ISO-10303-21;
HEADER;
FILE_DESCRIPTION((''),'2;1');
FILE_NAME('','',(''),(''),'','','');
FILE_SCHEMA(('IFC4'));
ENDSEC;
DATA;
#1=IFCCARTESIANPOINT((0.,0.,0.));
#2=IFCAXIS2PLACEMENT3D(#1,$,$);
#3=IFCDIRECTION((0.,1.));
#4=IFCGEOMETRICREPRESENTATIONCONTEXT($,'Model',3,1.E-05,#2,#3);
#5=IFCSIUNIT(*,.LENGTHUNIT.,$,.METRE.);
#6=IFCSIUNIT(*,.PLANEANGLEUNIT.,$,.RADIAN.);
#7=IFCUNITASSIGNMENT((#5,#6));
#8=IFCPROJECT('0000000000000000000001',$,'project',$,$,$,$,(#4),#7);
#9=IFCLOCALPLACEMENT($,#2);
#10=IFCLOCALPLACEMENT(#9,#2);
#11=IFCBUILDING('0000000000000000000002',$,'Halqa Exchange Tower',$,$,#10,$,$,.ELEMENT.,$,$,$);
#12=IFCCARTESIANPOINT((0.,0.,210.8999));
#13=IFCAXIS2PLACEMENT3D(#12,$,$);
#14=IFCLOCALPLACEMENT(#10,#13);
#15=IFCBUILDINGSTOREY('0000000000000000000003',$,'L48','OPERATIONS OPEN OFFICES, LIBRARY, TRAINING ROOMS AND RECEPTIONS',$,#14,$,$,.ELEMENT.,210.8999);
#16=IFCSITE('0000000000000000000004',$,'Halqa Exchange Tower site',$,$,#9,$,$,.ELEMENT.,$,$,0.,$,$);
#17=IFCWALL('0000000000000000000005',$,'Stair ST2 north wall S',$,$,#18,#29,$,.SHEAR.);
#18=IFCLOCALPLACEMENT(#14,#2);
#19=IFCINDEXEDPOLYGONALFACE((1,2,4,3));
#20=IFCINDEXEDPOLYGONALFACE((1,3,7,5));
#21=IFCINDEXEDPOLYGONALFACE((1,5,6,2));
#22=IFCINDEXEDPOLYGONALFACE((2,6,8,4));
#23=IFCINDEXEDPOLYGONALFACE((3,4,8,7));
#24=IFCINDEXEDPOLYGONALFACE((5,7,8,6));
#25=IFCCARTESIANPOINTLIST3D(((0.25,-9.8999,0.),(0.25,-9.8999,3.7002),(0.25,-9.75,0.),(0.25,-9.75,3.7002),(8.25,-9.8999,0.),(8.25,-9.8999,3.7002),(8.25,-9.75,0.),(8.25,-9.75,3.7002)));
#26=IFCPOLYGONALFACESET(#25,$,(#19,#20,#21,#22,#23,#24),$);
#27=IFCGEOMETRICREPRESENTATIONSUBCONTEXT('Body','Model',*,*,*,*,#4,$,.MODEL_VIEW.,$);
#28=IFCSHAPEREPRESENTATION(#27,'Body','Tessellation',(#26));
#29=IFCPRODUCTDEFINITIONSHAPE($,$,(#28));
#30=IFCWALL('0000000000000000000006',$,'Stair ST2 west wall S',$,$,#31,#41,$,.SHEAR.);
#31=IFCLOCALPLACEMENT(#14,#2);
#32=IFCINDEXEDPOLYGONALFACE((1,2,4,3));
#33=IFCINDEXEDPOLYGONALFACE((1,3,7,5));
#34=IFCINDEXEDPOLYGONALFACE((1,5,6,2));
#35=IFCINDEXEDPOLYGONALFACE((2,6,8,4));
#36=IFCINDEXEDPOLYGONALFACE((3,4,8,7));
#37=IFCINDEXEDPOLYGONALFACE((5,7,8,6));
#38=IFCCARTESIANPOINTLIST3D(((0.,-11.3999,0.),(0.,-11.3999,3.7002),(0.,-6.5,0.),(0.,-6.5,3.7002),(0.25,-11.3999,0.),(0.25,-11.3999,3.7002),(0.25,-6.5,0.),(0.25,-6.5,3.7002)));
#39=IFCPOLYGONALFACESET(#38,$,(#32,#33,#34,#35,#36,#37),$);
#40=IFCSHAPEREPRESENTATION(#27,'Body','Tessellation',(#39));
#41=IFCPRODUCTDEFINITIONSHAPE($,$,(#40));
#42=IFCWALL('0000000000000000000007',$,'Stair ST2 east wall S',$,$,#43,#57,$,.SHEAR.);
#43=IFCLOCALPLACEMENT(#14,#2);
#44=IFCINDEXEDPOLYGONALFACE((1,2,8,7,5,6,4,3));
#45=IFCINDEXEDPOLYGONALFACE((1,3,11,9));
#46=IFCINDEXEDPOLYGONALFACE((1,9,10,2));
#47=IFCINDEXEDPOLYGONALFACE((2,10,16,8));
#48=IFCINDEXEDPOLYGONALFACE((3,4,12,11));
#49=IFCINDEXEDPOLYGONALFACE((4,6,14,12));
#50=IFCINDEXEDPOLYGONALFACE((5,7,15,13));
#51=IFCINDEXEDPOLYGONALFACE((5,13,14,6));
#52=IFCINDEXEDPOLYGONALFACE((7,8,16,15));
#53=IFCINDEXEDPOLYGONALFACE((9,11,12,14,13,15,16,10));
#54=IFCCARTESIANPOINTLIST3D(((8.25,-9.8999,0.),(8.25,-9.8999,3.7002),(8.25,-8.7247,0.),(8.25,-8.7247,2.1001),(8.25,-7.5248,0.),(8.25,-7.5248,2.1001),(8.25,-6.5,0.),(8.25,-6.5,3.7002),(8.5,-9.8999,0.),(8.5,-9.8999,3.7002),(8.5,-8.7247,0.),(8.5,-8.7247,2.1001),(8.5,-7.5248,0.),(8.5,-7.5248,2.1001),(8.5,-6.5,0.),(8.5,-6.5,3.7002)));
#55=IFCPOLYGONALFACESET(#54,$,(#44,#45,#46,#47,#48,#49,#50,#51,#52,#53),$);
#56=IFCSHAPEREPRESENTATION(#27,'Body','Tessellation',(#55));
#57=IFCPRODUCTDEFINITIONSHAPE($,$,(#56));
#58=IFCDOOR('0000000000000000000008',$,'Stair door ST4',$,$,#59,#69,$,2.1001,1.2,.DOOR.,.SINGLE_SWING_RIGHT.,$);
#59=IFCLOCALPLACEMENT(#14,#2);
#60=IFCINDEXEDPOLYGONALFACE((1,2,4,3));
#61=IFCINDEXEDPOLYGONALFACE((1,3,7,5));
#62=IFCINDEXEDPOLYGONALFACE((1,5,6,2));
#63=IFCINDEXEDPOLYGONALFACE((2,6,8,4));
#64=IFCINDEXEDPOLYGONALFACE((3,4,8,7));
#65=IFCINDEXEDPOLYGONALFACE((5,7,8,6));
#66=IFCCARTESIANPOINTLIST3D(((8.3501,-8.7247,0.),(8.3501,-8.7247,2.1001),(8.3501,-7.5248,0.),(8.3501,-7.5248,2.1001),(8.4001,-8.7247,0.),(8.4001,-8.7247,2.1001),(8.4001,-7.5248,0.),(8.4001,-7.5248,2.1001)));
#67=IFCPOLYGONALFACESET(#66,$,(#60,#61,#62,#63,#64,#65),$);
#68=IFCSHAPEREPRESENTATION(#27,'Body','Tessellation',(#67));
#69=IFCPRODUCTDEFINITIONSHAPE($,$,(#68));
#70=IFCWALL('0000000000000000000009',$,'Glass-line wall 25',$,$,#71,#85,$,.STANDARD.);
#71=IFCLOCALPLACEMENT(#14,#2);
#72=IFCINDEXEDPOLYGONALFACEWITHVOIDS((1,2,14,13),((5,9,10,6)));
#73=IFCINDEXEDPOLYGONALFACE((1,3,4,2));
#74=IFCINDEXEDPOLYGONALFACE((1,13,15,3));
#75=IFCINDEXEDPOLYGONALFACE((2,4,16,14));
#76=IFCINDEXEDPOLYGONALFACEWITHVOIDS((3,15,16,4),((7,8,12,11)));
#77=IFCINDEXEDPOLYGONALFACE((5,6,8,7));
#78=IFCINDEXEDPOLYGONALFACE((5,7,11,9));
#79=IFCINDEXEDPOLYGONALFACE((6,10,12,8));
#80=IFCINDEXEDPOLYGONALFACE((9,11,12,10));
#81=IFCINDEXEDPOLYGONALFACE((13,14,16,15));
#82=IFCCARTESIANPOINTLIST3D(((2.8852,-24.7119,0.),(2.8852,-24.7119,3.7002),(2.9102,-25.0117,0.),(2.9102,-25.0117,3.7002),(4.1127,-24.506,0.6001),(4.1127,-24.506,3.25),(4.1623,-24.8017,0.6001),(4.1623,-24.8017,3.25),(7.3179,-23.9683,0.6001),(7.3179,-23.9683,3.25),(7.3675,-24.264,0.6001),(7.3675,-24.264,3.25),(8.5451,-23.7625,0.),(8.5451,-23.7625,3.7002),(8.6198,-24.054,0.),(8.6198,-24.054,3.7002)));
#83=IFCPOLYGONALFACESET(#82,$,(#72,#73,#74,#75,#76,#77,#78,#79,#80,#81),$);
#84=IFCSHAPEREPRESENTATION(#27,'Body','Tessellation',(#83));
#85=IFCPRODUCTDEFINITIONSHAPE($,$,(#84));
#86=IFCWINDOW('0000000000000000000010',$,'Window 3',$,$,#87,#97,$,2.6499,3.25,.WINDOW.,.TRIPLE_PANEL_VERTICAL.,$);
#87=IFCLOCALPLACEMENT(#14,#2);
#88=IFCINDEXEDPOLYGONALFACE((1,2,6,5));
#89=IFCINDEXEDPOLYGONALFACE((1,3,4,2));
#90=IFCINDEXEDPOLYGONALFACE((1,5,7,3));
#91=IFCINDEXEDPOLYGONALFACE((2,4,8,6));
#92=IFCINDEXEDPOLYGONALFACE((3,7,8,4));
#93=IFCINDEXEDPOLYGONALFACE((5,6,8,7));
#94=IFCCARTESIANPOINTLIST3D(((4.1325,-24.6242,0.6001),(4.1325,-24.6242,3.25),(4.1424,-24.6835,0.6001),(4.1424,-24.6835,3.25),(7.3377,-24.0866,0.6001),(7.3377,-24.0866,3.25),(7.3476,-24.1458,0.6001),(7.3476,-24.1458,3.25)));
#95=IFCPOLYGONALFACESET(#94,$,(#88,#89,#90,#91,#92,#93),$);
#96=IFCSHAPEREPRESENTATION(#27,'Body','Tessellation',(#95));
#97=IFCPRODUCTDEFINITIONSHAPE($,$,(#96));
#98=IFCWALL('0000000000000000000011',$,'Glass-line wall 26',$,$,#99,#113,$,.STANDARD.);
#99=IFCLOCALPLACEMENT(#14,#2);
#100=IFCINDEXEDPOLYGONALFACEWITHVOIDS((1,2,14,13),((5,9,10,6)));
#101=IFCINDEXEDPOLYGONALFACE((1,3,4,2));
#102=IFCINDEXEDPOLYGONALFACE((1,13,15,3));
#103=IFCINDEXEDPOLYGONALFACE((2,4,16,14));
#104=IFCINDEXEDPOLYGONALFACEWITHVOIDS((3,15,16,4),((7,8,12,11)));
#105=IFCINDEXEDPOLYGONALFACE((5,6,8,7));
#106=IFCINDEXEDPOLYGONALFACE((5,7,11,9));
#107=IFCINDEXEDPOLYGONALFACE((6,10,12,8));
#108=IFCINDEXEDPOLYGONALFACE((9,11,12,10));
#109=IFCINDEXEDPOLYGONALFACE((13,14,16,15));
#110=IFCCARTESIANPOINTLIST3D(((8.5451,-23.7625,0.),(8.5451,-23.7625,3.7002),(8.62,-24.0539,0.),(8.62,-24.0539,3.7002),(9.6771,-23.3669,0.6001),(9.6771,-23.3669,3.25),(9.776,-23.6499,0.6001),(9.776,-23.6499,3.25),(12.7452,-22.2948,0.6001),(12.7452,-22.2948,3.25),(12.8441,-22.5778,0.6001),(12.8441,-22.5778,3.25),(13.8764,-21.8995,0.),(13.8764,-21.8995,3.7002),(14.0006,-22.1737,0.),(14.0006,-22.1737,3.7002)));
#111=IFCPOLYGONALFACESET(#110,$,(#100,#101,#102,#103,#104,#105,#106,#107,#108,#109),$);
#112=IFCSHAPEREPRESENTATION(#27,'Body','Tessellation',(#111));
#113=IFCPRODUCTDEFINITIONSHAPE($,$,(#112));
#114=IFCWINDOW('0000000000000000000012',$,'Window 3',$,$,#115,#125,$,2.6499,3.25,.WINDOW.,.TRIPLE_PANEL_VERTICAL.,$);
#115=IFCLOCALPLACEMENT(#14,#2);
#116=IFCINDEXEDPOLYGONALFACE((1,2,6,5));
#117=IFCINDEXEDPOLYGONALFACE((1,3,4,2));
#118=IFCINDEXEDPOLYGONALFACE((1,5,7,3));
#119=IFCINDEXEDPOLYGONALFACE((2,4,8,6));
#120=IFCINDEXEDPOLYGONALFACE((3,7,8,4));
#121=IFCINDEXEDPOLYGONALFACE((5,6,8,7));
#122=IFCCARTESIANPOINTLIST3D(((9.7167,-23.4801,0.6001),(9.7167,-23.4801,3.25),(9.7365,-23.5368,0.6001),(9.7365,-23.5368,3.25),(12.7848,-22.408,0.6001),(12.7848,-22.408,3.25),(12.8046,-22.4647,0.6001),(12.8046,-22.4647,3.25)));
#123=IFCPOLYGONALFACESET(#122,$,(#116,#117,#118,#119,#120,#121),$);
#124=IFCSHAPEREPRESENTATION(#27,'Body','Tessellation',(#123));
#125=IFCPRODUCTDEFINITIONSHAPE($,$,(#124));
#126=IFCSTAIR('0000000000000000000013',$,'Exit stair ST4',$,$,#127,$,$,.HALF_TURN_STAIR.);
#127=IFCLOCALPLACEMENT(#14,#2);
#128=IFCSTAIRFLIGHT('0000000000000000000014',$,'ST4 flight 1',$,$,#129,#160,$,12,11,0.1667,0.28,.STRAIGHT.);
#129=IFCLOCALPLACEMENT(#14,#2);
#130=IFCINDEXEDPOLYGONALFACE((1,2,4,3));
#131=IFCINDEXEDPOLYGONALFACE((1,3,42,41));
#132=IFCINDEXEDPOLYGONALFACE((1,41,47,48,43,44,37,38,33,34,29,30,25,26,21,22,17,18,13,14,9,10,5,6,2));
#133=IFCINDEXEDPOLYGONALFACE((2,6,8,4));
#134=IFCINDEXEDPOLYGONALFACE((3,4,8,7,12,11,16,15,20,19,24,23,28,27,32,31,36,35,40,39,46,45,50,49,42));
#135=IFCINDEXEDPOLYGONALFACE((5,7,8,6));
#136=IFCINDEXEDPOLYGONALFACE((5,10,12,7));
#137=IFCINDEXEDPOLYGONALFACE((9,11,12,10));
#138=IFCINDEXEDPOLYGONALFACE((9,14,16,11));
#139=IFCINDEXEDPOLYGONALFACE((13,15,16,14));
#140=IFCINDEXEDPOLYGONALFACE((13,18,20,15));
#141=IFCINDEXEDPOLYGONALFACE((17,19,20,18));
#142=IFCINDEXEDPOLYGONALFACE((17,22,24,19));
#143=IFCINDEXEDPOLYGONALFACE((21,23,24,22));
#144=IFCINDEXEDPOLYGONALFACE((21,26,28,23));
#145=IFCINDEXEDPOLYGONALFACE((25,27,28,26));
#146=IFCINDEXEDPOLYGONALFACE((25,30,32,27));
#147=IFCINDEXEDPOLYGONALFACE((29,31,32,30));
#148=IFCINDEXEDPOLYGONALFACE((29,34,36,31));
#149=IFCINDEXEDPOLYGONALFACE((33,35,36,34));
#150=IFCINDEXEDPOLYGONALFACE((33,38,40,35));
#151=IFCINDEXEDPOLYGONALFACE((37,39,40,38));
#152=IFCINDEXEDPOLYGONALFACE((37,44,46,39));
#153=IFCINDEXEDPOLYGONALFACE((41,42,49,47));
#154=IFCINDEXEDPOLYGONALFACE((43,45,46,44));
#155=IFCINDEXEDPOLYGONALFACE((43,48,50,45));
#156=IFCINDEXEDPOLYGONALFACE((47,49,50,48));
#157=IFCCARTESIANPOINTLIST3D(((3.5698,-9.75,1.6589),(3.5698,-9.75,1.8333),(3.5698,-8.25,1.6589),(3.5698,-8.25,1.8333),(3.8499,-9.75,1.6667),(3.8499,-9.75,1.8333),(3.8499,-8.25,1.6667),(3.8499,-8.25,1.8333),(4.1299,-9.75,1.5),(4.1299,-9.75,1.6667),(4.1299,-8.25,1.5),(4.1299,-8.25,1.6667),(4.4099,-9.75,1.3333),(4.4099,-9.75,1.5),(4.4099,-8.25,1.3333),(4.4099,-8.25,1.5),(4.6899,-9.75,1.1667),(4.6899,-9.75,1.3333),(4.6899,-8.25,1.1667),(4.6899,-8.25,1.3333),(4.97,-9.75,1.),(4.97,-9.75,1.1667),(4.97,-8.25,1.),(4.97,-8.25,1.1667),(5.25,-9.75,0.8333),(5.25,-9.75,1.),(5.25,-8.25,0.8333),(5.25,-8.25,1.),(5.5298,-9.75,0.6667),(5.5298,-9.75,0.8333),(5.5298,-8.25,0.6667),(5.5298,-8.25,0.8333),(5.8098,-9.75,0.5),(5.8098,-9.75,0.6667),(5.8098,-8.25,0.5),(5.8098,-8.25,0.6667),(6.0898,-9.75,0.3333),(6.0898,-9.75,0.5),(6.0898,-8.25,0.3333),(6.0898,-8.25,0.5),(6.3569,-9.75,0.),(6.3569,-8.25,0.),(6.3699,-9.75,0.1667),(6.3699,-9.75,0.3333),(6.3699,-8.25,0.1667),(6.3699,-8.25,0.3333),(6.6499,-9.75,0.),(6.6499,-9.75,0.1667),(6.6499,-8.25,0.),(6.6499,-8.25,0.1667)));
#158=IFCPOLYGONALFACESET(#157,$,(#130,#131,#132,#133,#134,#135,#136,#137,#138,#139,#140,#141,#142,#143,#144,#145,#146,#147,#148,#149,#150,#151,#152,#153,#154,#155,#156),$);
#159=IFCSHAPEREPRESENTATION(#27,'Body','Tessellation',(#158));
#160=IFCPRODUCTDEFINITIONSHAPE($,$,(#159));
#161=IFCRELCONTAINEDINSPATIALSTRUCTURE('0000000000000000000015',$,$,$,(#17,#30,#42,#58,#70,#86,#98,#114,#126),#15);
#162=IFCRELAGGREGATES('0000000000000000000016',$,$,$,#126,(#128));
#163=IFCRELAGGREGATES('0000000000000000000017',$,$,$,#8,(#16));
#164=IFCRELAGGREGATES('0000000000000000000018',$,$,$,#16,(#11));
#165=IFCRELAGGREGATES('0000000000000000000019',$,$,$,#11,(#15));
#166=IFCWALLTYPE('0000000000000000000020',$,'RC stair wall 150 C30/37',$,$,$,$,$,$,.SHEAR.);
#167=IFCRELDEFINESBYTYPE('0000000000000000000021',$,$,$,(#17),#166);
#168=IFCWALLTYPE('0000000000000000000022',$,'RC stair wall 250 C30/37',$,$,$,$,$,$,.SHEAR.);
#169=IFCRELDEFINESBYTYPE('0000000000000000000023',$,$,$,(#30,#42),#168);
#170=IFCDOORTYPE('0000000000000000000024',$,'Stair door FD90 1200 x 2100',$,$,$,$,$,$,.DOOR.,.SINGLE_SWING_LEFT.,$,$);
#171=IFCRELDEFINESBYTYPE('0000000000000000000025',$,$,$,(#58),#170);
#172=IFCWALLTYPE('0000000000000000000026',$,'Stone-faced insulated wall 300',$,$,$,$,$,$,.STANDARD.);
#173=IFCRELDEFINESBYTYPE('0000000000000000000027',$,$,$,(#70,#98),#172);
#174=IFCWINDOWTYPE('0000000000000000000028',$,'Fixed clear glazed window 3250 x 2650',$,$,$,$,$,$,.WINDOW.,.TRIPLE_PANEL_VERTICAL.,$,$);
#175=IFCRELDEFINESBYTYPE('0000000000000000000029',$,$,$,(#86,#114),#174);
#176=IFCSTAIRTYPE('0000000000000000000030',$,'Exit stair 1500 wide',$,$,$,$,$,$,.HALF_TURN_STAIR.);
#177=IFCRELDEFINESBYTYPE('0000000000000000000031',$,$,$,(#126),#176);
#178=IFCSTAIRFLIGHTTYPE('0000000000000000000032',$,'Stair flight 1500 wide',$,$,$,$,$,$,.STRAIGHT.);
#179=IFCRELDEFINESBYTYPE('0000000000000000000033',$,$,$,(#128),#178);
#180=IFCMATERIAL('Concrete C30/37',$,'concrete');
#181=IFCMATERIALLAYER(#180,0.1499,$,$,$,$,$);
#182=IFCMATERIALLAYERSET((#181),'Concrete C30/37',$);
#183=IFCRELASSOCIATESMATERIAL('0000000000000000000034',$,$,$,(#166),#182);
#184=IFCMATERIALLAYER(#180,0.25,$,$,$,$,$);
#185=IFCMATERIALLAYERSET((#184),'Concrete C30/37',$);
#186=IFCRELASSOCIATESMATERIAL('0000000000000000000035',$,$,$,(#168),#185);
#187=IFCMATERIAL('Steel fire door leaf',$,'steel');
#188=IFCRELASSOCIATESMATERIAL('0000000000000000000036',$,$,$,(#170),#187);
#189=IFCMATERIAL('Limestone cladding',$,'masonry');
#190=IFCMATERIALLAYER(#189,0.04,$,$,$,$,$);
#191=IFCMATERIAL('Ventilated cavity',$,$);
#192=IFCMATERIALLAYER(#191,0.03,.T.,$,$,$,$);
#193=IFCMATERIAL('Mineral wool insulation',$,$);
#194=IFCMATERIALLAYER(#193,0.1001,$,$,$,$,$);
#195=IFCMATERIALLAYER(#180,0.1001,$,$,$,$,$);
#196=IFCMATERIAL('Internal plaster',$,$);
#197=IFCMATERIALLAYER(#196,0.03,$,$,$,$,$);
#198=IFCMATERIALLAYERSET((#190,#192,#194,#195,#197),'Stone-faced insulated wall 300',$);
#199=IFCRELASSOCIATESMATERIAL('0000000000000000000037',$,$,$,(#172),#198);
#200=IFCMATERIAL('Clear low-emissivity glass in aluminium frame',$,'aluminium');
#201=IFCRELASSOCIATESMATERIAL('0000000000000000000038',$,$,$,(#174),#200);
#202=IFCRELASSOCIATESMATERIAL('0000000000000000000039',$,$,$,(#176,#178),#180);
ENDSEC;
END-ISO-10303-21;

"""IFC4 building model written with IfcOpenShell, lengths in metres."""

from ifc_helpers import new_model, si_unit, direction, frame, frame_2d, origin, place, context, subcontext, project, spatial, polyline, rectangle, outline, extrude, material, layer, layer_set, type_object, element, fill, aggregate, save


model = new_model("IFC4")

# Units and contexts
model_context = context("Model", 3, precision=1e-05, world=origin(), true_north=direction((0.0, 1.0)))
body_context = subcontext(model_context, "Body", "Model", "MODEL_VIEW")
ifc_project = project(units=[si_unit("LENGTHUNIT", "METRE"), si_unit("PLANEANGLEUNIT", "RADIAN")], contexts=[model_context])

# Site, building, storey
site_placement = place(None, origin())
site = spatial("IfcSite", under=ifc_project, at=site_placement, Name="Halqa Exchange Tower site", CompositionType="ELEMENT", RefElevation=0.0)
building_placement = place(site_placement, origin())
building = spatial("IfcBuilding", under=site, at=building_placement, Name="Halqa Exchange Tower", CompositionType="ELEMENT")
storey_placement = place(building_placement, frame((0.0, 0.0, 210.8999)))
storey = spatial("IfcBuildingStorey", under=building, at=storey_placement, Name="L48", Description="OPERATIONS OPEN OFFICES, LIBRARY, TRAINING ROOMS AND RECEPTIONS", CompositionType="ELEMENT", Elevation=210.8999)

# Walls
ifc_material_1 = material(Name="Concrete C30/37", Category="concrete")
ifc_layer_1 = layer(ifc_material_1, 0.1499)
ifc_layer_set_1 = layer_set([ifc_layer_1], Name="Concrete C30/37")
wall_type_1 = type_object("IfcWallType", Name="RC stair wall 150 C30/37", PredefinedType="SHEAR", material=ifc_layer_set_1)
wall_1_placement = place(storey_placement, frame((0.25, -9.825, 0.0), z_axis=(0.0, 0.0, 1.0), x_axis=(1.0, 0.0, 0.0)))
element("IfcWall", 1, at=wall_1_placement, inside=storey, type_object=wall_type_1, Name="Stair ST2 north wall S", PredefinedType="SHEAR", context=body_context, shape_type="SweptSolid", body=[
    extrude(rectangle(XDim=8.0, YDim=0.1499, at=frame_2d((4.0, 0.0))), origin(), (0.0, 0.0, 1.0), 3.7002),
])
ifc_layer_2 = layer(ifc_material_1, 0.25)
ifc_layer_set_2 = layer_set([ifc_layer_2], Name="Concrete C30/37")
wall_type_2 = type_object("IfcWallType", Name="RC stair wall 250 C30/37", PredefinedType="SHEAR", material=ifc_layer_set_2)
wall_2_placement = place(storey_placement, frame((0.125, -11.3999, 0.0), z_axis=(0.0, 0.0, 1.0), x_axis=(0.0, 1.0, 0.0)))
element("IfcWall", 2, at=wall_2_placement, inside=storey, type_object=wall_type_2, Name="Stair ST2 west wall S", PredefinedType="SHEAR", context=body_context, shape_type="SweptSolid", body=[
    extrude(rectangle(XDim=4.8999, YDim=0.25, at=frame_2d((2.45, 0.0))), origin(), (0.0, 0.0, 1.0), 3.7002),
])

# Wall, opening, door
wall_3_placement = place(storey_placement, frame((8.375, -9.8999, 0.0), z_axis=(0.0, 0.0, 1.0), x_axis=(0.0, 1.0, 0.0)))
wall_3 = element("IfcWall", 3, at=wall_3_placement, inside=storey, type_object=wall_type_2, Name="Stair ST2 east wall S", PredefinedType="SHEAR", context=body_context, shape_type="SweptSolid", body=[
    extrude(rectangle(XDim=3.3999, YDim=0.25, at=frame_2d((1.7, 0.0))), origin(), (0.0, 0.0, 1.0), 3.7002),
])
opening_1_placement = place(wall_3_placement, frame((1.175, 0.0, 0.0)))
opening_1 = element("IfcOpeningElement", 4, at=opening_1_placement, cuts=wall_3, PredefinedType="OPENING", context=body_context, shape_type="SweptSolid", body=[
    extrude(rectangle(XDim=1.2, YDim=2.1001, at=frame_2d((0.6001, 1.05))), frame((0.0, 0.137, 0.0), z_axis=(0.0, -1.0, 0.0), x_axis=(1.0, 0.0, 0.0)), (0.0, 0.0, 1.0), 0.2739),
])
ifc_material_2 = material(Name="Steel fire door leaf", Category="steel")
door_type = type_object("IfcDoorType", Name="Stair door FD90 1200 x 2100", OperationType="SINGLE_SWING_LEFT", PredefinedType="DOOR", material=ifc_material_2)
door_placement = place(opening_1_placement, origin())
door = element("IfcDoor", 5, at=door_placement, inside=storey, type_object=door_type, Name="Stair door ST4", OperationType="SINGLE_SWING_RIGHT", OverallHeight=2.1001, OverallWidth=1.2, PredefinedType="DOOR", context=body_context, shape_type="SweptSolid", body=[
    extrude(rectangle(XDim=1.2, YDim=2.1001, at=frame_2d((0.6001, 1.05))), frame((0.0, 0.0249, 0.0), z_axis=(0.0, -1.0, 0.0), x_axis=(1.0, 0.0, 0.0)), (0.0, 0.0, 1.0), 0.05),
])
fill(opening_1, door)

# Walls, openings, windows
ifc_material_3 = material(Name="Limestone cladding", Category="masonry")
ifc_layer_3 = layer(ifc_material_3, 0.04)
ifc_material_4 = material(Name="Ventilated cavity")
ifc_layer_4 = layer(ifc_material_4, 0.03, ventilated=True)
ifc_material_5 = material(Name="Mineral wool insulation")
ifc_layer_5 = layer(ifc_material_5, 0.1001)
ifc_layer_6 = layer(ifc_material_1, 0.1001)
ifc_material_6 = material(Name="Internal plaster")
ifc_layer_7 = layer(ifc_material_6, 0.03)
ifc_layer_set_3 = layer_set([ifc_layer_3, ifc_layer_4, ifc_layer_5, ifc_layer_6, ifc_layer_7], Name="Stone-faced insulated wall 300")
wall_type_3 = type_object("IfcWallType", Name="Stone-faced insulated wall 300", PredefinedType="STANDARD", material=ifc_layer_set_3)
wall_4_placement = place(storey_placement, frame((2.8977, -24.8618, 0.0), z_axis=(0.0, 0.0, 1.0), x_axis=(0.986221, 0.165436, 0.0)))
wall_4 = element("IfcWall", 6, at=wall_4_placement, inside=storey, type_object=wall_type_3, Name="Glass-line wall 25", PredefinedType="STANDARD", context=body_context, shape_type="SweptSolid", body=[
    extrude(outline(polyline([(-0.0125, -0.1499), (5.7769, -0.1499), (5.7515, 0.1499), (0.0125, 0.1499), (-0.0125, -0.1499)])), origin(), (0.0, 0.0, 1.0), 3.7002),
])
opening_2_placement = place(wall_4_placement, frame((1.2571, 0.0, 0.6001)))
opening_2 = element("IfcOpeningElement", 7, at=opening_2_placement, cuts=wall_4, PredefinedType="OPENING", context=body_context, shape_type="SweptSolid", body=[
    extrude(rectangle(XDim=3.25, YDim=2.6499, at=frame_2d((1.625, 1.325))), frame((0.0, 0.1621, 0.0), z_axis=(0.0, -1.0, 0.0), x_axis=(1.0, 0.0, 0.0)), (0.0, 0.0, 1.0), 0.324),
])
ifc_material_7 = material(Name="Clear low-emissivity glass in aluminium frame", Category="aluminium")
window_type = type_object("IfcWindowType", Name="Fixed clear glazed window 3250 x 2650", PartitioningType="TRIPLE_PANEL_VERTICAL", PredefinedType="WINDOW", material=ifc_material_7)
window_1_placement = place(opening_2_placement, origin())
window_1 = element("IfcWindow", 8, at=window_1_placement, inside=storey, type_object=window_type, Name="Window 3", OverallHeight=2.6499, OverallWidth=3.25, PartitioningType="TRIPLE_PANEL_VERTICAL", PredefinedType="WINDOW", context=body_context, shape_type="SweptSolid", body=[
    extrude(rectangle(XDim=3.25, YDim=2.6499, at=frame_2d((1.625, 1.325))), frame((0.0, 0.03, 0.0), z_axis=(0.0, -1.0, 0.0), x_axis=(1.0, 0.0, 0.0)), (0.0, 0.0, 1.0), 0.0601),
])
fill(opening_2, window_1)
wall_5_placement = place(storey_placement, frame((8.5825, -23.9082, 0.0), z_axis=(0.0, 0.0, 1.0), x_axis=(0.944023, 0.329879, 0.0)))
wall_5 = element("IfcWall", 9, at=wall_5_placement, inside=storey, type_object=wall_type_3, Name="Glass-line wall 26", PredefinedType="STANDARD", context=body_context, shape_type="SweptSolid", body=[
    extrude(outline(polyline([(-0.0127, -0.1499), (5.687, -0.1499), (5.6602, 0.1499), (0.0127, 0.1499), (-0.0127, -0.1499)])), origin(), (0.0, 0.0, 1.0), 3.7002),
])
opening_3_placement = place(wall_5_placement, frame((1.2119, 0.0, 0.6001)))
opening_3 = element("IfcOpeningElement", 10, at=opening_3_placement, cuts=wall_5, PredefinedType="OPENING", context=body_context, shape_type="SweptSolid", body=[
    extrude(rectangle(XDim=3.25, YDim=2.6499, at=frame_2d((1.625, 1.325))), frame((0.0, 0.1621, 0.0), z_axis=(0.0, -1.0, 0.0), x_axis=(1.0, 0.0, 0.0)), (0.0, 0.0, 1.0), 0.324),
])
window_2_placement = place(opening_3_placement, origin())
window_2 = element("IfcWindow", 11, at=window_2_placement, inside=storey, type_object=window_type, Name="Window 3", OverallHeight=2.6499, OverallWidth=3.25, PartitioningType="TRIPLE_PANEL_VERTICAL", PredefinedType="WINDOW", context=body_context, shape_type="SweptSolid", body=[
    extrude(rectangle(XDim=3.25, YDim=2.6499, at=frame_2d((1.625, 1.325))), frame((0.0, 0.03, 0.0), z_axis=(0.0, -1.0, 0.0), x_axis=(1.0, 0.0, 0.0)), (0.0, 0.0, 1.0), 0.0601),
])
fill(opening_3, window_2)

# Stair, stair flight
stair_type = type_object("IfcStairType", Name="Exit stair 1500 wide", PredefinedType="HALF_TURN_STAIR", material=ifc_material_1)
stair_placement = place(storey_placement, origin())
stair = element("IfcStair", 12, at=stair_placement, inside=storey, type_object=stair_type, Name="Exit stair ST4", PredefinedType="HALF_TURN_STAIR")
stair_flight_type = type_object("IfcStairFlightType", Name="Stair flight 1500 wide", PredefinedType="STRAIGHT", material=ifc_material_1)
stair_flight_1_placement = place(storey_placement, frame((6.6499, -9.0, 0.0), z_axis=(0.0, 0.0, 1.0), x_axis=(-1.0, 0.0, 0.0)))
stair_flight_1 = element("IfcStairFlight", 13, at=stair_flight_1_placement, type_object=stair_flight_type, Name="ST4 flight 1", NumberOfRisers=12, NumberOfTreads=11, PredefinedType="STRAIGHT", RiserHeight=0.1667, TreadLength=0.28, context=body_context, shape_type="SweptSolid", body=[
    extrude(outline(polyline([(0.0, 0.0), (0.0, 0.1667), (0.28, 0.1667), (0.28, 0.3333), (0.5601, 0.3333), (0.5601, 0.5), (0.8401, 0.5), (0.8401, 0.6667), (1.1201, 0.6667), (1.1201, 0.8333), (1.3999, 0.8333), (1.3999, 1.0), (1.6799, 1.0), (1.6799, 1.1667), (1.96, 1.1667), (1.96, 1.3333), (2.24, 1.3333), (2.24, 1.5), (2.52, 1.5), (2.52, 1.6667), (2.8, 1.6667), (2.8, 1.8333), (3.0801, 1.8333), (3.0801, 2.0), (3.0801, 1.6589), (0.293, 0.0), (0.0, 0.0)])), frame((0.0, 0.75, 0.0), z_axis=(0.0, -1.0, 0.0), x_axis=(1.0, 0.0, 0.0)), (0.0, 0.0, 1.0), 1.5),
])
aggregate(stair, [stair_flight_1])

save(model, "model.ifc")
